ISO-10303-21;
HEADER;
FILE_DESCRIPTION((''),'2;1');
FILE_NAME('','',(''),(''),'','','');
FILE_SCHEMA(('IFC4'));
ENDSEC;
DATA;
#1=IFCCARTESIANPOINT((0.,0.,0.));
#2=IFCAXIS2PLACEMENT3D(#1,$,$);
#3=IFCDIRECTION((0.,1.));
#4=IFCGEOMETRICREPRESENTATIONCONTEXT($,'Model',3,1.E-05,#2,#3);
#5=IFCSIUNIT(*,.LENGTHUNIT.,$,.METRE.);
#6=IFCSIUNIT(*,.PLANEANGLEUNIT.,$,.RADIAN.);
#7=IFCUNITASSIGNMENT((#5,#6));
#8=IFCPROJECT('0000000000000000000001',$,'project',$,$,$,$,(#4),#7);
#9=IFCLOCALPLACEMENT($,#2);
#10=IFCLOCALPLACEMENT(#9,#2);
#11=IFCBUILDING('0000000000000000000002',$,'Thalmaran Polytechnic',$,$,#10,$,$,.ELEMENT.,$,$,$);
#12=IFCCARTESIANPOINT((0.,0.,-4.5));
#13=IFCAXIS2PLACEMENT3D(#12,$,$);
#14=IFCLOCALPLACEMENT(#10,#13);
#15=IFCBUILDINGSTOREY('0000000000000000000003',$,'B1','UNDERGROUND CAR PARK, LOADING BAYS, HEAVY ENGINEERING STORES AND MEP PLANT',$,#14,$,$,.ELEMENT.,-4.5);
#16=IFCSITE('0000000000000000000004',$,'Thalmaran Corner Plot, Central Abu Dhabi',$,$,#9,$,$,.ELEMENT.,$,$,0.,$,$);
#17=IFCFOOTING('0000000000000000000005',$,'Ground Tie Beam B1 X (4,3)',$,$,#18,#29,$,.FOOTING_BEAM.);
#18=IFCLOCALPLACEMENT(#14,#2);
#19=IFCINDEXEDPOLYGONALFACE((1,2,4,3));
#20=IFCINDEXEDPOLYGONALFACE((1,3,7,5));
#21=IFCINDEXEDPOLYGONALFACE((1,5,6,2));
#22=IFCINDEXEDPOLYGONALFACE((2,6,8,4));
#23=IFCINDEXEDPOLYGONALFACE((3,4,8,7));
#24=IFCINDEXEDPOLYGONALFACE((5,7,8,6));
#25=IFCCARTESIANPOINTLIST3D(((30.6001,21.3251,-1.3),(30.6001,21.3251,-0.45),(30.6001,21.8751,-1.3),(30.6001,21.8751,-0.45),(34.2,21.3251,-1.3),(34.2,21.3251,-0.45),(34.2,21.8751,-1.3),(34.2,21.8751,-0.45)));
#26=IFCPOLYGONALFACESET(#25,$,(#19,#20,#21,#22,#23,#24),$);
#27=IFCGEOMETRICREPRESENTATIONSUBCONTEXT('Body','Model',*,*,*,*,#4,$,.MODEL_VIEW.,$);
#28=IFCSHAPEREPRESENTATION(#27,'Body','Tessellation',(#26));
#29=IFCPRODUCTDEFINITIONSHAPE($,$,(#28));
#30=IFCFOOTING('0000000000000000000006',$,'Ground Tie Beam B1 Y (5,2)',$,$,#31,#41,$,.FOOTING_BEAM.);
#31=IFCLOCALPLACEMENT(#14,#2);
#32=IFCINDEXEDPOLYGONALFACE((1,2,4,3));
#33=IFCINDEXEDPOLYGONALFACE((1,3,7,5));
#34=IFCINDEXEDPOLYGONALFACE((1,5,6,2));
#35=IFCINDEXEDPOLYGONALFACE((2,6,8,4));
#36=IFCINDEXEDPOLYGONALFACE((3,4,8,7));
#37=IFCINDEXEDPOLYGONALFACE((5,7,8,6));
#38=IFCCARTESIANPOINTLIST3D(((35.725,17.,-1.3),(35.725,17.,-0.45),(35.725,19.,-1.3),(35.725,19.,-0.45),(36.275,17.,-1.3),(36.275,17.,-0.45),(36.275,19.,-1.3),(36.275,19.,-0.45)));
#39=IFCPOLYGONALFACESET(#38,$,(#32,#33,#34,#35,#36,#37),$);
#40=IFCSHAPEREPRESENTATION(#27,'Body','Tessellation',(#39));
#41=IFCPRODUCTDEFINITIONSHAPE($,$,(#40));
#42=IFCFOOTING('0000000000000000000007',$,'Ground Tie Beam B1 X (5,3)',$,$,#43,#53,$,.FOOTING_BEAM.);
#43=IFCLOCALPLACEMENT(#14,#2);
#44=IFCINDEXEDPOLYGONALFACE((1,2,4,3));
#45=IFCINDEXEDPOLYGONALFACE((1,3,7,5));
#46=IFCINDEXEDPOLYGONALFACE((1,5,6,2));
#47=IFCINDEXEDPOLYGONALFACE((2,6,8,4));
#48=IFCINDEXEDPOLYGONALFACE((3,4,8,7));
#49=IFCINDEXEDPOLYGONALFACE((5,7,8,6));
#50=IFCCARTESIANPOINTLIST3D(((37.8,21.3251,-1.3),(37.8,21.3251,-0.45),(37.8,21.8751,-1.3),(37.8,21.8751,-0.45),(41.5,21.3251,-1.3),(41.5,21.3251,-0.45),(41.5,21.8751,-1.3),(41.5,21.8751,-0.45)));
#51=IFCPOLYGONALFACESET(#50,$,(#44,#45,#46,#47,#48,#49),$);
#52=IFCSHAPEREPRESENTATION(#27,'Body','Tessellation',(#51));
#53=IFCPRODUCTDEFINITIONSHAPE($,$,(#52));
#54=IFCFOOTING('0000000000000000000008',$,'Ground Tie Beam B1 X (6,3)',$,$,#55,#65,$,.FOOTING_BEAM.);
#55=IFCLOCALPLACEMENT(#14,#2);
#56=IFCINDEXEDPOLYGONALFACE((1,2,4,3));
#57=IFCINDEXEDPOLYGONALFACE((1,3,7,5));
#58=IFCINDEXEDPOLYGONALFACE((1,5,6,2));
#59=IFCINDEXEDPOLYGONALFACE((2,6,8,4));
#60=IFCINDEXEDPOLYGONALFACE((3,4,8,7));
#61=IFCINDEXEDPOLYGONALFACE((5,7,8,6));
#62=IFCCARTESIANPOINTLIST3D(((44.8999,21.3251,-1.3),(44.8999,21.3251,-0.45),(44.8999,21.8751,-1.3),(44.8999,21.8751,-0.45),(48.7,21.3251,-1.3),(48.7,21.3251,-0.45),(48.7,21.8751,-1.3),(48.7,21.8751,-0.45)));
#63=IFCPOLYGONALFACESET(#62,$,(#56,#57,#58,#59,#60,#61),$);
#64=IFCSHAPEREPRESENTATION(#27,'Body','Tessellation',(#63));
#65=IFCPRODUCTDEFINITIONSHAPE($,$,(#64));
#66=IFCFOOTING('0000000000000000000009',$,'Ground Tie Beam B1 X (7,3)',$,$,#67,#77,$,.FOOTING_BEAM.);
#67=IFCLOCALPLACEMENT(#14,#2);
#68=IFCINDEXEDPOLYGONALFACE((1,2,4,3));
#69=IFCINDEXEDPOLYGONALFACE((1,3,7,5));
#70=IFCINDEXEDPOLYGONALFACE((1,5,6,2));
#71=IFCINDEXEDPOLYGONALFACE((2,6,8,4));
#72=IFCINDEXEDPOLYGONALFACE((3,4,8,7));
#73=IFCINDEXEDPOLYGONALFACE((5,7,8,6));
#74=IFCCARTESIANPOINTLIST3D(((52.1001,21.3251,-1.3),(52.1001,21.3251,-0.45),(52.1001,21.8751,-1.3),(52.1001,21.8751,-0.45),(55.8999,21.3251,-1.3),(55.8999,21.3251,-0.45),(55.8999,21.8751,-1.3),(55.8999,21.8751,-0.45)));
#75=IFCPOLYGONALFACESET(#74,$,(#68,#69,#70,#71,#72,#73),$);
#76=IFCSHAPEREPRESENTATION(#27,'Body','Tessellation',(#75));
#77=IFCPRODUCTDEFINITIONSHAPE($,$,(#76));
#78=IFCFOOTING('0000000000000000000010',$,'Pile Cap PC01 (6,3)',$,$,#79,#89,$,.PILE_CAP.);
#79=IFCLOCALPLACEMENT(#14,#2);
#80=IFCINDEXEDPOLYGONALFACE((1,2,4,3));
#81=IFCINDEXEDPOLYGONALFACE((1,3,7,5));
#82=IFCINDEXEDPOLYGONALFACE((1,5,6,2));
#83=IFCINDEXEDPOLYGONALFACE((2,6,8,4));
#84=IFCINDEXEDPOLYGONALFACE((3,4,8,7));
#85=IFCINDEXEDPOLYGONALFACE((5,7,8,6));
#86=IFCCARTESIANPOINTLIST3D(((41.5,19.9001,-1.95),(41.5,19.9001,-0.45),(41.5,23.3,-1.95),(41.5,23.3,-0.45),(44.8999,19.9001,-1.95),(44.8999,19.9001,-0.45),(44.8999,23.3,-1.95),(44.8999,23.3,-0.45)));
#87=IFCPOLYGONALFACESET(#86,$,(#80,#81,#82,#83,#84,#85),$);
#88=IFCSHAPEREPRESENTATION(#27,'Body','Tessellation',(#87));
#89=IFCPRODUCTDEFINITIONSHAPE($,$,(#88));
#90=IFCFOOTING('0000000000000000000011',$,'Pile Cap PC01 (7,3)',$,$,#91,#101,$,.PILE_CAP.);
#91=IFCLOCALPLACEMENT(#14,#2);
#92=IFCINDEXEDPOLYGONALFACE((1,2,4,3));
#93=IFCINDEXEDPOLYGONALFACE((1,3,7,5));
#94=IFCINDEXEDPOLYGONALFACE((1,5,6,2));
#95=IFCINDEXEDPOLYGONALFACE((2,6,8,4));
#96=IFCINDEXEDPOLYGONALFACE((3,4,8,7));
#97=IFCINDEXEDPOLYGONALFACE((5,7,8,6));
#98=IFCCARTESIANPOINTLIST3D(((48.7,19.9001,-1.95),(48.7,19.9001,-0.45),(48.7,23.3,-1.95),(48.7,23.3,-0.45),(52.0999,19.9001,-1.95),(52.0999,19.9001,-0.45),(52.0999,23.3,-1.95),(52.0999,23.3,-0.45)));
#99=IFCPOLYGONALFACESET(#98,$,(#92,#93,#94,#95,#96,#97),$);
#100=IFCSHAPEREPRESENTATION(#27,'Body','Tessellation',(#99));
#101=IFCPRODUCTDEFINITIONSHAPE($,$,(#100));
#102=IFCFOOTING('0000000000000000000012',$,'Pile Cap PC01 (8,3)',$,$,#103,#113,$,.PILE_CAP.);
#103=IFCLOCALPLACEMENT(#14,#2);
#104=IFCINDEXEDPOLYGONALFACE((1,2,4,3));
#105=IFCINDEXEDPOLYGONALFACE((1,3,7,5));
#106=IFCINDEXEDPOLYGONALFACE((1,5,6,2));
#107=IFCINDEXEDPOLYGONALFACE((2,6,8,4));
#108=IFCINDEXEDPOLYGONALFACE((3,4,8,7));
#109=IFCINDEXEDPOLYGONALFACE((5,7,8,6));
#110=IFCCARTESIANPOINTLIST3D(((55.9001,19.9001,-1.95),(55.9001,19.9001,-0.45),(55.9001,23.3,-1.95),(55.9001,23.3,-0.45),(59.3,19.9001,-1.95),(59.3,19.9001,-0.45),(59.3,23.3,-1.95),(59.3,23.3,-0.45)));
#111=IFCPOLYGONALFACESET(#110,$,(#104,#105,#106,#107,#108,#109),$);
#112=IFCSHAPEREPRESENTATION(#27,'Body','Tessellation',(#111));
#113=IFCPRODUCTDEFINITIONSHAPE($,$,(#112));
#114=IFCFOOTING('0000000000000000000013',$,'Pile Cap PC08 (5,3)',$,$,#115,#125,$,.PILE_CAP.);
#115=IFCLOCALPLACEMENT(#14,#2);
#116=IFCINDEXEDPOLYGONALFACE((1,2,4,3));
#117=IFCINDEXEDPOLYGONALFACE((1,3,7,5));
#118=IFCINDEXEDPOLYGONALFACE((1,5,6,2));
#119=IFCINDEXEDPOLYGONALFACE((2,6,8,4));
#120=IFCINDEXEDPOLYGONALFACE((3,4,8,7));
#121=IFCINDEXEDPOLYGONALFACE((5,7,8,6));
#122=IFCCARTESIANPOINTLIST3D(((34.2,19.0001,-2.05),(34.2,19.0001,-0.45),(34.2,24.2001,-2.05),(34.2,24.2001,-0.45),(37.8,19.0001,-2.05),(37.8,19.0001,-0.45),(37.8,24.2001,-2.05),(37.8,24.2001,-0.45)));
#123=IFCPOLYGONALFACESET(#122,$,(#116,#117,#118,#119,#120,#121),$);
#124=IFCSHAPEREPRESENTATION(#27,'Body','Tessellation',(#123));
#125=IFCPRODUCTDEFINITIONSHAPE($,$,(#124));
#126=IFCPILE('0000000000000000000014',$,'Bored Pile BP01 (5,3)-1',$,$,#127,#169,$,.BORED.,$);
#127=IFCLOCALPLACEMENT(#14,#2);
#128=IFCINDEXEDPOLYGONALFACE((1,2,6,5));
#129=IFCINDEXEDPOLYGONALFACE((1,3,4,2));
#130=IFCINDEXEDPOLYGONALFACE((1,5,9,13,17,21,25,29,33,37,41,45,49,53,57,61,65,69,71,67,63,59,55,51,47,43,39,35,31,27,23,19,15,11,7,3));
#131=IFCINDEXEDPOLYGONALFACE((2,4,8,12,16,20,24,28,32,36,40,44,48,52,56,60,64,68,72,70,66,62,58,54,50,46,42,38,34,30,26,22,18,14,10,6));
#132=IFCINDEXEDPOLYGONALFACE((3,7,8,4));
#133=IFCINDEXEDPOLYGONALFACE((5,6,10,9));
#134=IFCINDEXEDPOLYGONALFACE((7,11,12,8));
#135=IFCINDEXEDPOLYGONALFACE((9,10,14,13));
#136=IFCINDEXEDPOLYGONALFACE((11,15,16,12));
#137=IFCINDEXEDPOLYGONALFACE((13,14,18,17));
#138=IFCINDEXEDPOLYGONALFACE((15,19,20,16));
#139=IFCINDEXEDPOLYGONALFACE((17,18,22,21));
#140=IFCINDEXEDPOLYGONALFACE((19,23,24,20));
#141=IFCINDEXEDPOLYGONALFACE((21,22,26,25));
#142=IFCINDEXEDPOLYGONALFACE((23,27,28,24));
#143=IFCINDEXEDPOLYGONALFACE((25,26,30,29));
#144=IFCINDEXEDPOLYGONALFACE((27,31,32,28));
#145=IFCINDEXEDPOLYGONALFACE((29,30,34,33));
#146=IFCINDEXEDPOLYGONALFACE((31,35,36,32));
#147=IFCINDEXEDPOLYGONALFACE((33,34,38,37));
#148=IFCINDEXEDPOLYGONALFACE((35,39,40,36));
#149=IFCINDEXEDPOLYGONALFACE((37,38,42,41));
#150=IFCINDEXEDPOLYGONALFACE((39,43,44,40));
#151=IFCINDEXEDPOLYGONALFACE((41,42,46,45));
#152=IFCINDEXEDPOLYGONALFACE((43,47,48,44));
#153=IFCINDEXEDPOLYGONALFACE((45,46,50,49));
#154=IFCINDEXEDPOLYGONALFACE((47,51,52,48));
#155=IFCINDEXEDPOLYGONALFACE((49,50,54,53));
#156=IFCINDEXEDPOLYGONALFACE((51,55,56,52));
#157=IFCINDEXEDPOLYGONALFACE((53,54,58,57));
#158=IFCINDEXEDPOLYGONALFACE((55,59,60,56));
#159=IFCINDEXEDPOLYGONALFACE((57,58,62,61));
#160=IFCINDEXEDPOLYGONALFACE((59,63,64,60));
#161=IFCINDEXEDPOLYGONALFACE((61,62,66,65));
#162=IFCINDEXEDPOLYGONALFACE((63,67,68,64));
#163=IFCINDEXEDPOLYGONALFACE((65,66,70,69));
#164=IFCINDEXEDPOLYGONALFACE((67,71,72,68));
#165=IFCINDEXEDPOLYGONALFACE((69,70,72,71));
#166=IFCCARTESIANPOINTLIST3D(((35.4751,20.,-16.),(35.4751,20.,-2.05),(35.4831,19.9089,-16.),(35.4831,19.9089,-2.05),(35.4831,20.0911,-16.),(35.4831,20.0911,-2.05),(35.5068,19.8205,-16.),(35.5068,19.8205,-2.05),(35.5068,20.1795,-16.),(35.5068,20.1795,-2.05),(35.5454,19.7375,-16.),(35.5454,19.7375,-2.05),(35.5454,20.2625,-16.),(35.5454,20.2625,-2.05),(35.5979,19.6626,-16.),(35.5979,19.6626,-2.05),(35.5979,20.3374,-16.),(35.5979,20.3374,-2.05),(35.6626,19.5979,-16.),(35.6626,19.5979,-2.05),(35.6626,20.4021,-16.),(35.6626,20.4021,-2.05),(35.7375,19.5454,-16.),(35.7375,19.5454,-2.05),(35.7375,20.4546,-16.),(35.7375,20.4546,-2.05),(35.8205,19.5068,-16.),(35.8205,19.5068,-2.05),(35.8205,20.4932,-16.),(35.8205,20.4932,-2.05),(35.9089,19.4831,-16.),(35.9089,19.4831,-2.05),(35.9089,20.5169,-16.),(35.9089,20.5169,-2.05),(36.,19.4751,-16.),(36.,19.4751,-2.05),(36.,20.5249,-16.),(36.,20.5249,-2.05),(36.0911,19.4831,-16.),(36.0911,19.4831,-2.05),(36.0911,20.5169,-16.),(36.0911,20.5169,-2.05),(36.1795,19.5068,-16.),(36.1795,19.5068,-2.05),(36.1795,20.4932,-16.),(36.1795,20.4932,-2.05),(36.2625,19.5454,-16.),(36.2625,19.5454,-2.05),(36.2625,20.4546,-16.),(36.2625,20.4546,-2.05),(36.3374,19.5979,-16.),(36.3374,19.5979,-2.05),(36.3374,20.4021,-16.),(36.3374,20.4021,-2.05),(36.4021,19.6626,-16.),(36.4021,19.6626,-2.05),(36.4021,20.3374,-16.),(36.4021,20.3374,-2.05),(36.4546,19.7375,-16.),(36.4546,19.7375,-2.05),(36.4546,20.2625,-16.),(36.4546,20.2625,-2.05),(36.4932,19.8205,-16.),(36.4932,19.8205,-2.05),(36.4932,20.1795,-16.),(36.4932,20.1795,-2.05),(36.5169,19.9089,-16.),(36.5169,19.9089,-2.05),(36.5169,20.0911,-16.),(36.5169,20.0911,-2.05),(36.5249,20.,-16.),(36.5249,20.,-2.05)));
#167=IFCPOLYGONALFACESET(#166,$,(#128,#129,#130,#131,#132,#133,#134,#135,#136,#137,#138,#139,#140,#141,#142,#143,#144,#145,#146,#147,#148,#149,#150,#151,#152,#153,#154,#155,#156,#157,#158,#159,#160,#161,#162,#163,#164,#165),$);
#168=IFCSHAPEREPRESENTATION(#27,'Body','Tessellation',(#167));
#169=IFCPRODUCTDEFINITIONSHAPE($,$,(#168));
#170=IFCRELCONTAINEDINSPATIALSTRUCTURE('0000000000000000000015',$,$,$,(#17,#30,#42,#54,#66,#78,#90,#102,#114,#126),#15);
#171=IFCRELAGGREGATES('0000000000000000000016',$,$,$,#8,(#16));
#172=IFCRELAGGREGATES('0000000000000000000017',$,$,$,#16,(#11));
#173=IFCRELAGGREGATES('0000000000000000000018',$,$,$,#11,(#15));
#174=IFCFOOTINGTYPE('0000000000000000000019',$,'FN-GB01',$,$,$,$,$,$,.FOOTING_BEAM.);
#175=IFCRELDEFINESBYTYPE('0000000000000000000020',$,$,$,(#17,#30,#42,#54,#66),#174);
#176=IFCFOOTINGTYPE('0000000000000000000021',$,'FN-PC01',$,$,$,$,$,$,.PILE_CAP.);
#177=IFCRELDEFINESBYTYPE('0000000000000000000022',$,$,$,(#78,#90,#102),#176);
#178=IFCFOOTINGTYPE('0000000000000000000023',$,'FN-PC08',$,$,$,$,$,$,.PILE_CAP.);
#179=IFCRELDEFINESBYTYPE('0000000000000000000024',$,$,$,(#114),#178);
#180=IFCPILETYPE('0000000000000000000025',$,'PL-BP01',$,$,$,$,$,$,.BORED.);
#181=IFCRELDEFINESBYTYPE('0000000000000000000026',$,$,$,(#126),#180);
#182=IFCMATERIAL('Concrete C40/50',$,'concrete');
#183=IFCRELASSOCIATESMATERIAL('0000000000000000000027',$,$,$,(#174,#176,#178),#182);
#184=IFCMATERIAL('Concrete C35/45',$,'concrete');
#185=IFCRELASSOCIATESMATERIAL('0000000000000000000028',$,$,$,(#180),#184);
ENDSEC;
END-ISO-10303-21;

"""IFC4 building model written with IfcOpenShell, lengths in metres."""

from ifc_helpers import new_model, si_unit, direction, frame, origin, origin_2d, place, context, subcontext, project, spatial, rectangle, circle, extrude, material, material_profile, profile_set, type_object, element, save


model = new_model("IFC4")

# Units and contexts
model_context = context("Model", 3, precision=1e-05, world=origin(), true_north=direction((0.0, 1.0)))
body_context = subcontext(model_context, "Body", "Model", "MODEL_VIEW")
ifc_project = project(units=[si_unit("LENGTHUNIT", "METRE"), si_unit("PLANEANGLEUNIT", "RADIAN")], contexts=[model_context])

# Site, building, storey
site_placement = place(None, origin())
site = spatial("IfcSite", under=ifc_project, at=site_placement, Name="Thalmaran Corner Plot, Central Abu Dhabi", CompositionType="ELEMENT", RefElevation=0.0)
building_placement = place(site_placement, origin())
building = spatial("IfcBuilding", under=site, at=building_placement, Name="Thalmaran Polytechnic", CompositionType="ELEMENT")
storey_placement = place(building_placement, frame((0.0, 0.0, -4.5)))
storey = spatial("IfcBuildingStorey", under=building, at=storey_placement, Name="B1", Description="UNDERGROUND CAR PARK, LOADING BAYS, HEAVY ENGINEERING STORES AND MEP PLANT", CompositionType="ELEMENT", Elevation=-4.5)

# Footings
ifc_material_1 = material(Name="Concrete C40/50", Category="concrete")
ifc_material_profile_1 = material_profile(ifc_material_1, rectangle(XDim=0.55, YDim=0.8501, at=origin_2d()), Name="RC 550x850")
ifc_profile_set_1 = profile_set([ifc_material_profile_1], Name="Concrete C40/50")
footing_type_1 = type_object("IfcFootingType", Name="FN-GB01", PredefinedType="FOOTING_BEAM", material=ifc_profile_set_1)
footing_1_placement = place(storey_placement, frame((30.6001, 21.6001, -0.875), z_axis=(1.0, 0.0, 0.0), x_axis=(0.0, 1.0, 0.0)))
element("IfcFooting", 1, at=footing_1_placement, inside=storey, type_object=footing_type_1, Name="Ground Tie Beam B1 X (4,3)", PredefinedType="FOOTING_BEAM", context=body_context, shape_type="SweptSolid", body=[
    extrude(rectangle(XDim=0.55, YDim=0.8501, at=origin_2d()), origin(), (0.0, 0.0, 1.0), 3.5999),
])
footing_2_placement = place(storey_placement, frame((36.0, 17.0, -0.875), z_axis=(0.0, 1.0, 0.0), x_axis=(-1.0, 0.0, 0.0)))
element("IfcFooting", 2, at=footing_2_placement, inside=storey, type_object=footing_type_1, Name="Ground Tie Beam B1 Y (5,2)", PredefinedType="FOOTING_BEAM", context=body_context, shape_type="SweptSolid", body=[
    extrude(rectangle(XDim=0.55, YDim=0.8501, at=origin_2d()), origin(), (0.0, 0.0, 1.0), 2.0),
])
footing_3_placement = place(storey_placement, frame((37.8, 21.6001, -0.875), z_axis=(1.0, 0.0, 0.0), x_axis=(0.0, 1.0, 0.0)))
element("IfcFooting", 3, at=footing_3_placement, inside=storey, type_object=footing_type_1, Name="Ground Tie Beam B1 X (5,3)", PredefinedType="FOOTING_BEAM", context=body_context, shape_type="SweptSolid", body=[
    extrude(rectangle(XDim=0.55, YDim=0.8501, at=origin_2d()), origin(), (0.0, 0.0, 1.0), 3.7),
])
footing_4_placement = place(storey_placement, frame((44.8999, 21.6001, -0.875), z_axis=(1.0, 0.0, 0.0), x_axis=(0.0, 1.0, 0.0)))
element("IfcFooting", 4, at=footing_4_placement, inside=storey, type_object=footing_type_1, Name="Ground Tie Beam B1 X (6,3)", PredefinedType="FOOTING_BEAM", context=body_context, shape_type="SweptSolid", body=[
    extrude(rectangle(XDim=0.55, YDim=0.8501, at=origin_2d()), origin(), (0.0, 0.0, 1.0), 3.8),
])
footing_5_placement = place(storey_placement, frame((52.1001, 21.6001, -0.875), z_axis=(1.0, 0.0, 0.0), x_axis=(0.0, 1.0, 0.0)))
element("IfcFooting", 5, at=footing_5_placement, inside=storey, type_object=footing_type_1, Name="Ground Tie Beam B1 X (7,3)", PredefinedType="FOOTING_BEAM", context=body_context, shape_type="SweptSolid", body=[
    extrude(rectangle(XDim=0.55, YDim=0.8501, at=origin_2d()), origin(), (0.0, 0.0, 1.0), 3.7998),
])
footing_type_2 = type_object("IfcFootingType", Name="FN-PC01", PredefinedType="PILE_CAP", material=ifc_material_1)
for number, where, z_axis, x_axis, name in (
    (6, (43.2, 21.6001, -1.95), (0.0, 0.0, 1.0), (1.0, 0.0, 0.0), "Pile Cap PC01 (6,3)"),
    (7, (50.3999, 21.6001, -1.95), (0.0, 0.0, 1.0), (1.0, 0.0, 0.0), "Pile Cap PC01 (7,3)"),
    (8, (57.6001, 21.6001, -1.95), (0.0, 0.0, 1.0), (1.0, 0.0, 0.0), "Pile Cap PC01 (8,3)"),
):
    element("IfcFooting", number, at=place(storey_placement, frame(where, z_axis=z_axis, x_axis=x_axis)), inside=storey, type_object=footing_type_2, Name=name, PredefinedType="PILE_CAP", context=body_context, shape_type="SweptSolid", body=[
        extrude(rectangle(XDim=3.3999, YDim=3.3999, at=origin_2d()), origin(), (0.0, 0.0, 1.0), 1.5),
    ])
footing_type_3 = type_object("IfcFootingType", Name="FN-PC08", PredefinedType="PILE_CAP", material=ifc_material_1)
footing_6_placement = place(storey_placement, frame((36.0, 21.6001, -2.05), z_axis=(0.0, 0.0, 1.0), x_axis=(1.0, 0.0, 0.0)))
element("IfcFooting", 9, at=footing_6_placement, inside=storey, type_object=footing_type_3, Name="Pile Cap PC08 (5,3)", PredefinedType="PILE_CAP", context=body_context, shape_type="SweptSolid", body=[
    extrude(rectangle(XDim=3.6001, YDim=5.2, at=origin_2d()), origin(), (0.0, 0.0, 1.0), 1.6001),
])

# Pile
ifc_material_2 = material(Name="Concrete C35/45", Category="concrete")
ifc_material_profile_2 = material_profile(ifc_material_2, circle(Radius=0.5249, at=origin_2d()), Name="RC 1050 DIA")
ifc_profile_set_2 = profile_set([ifc_material_profile_2], Name="Concrete C35/45")
pile_type_1 = type_object("IfcPileType", Name="PL-BP01", PredefinedType="BORED", material=ifc_profile_set_2)
pile_placement = place(storey_placement, frame((36.0, 20.0, -2.05), z_axis=(0.0, 0.0, -1.0), x_axis=(1.0, 0.0, 0.0)))
element("IfcPile", 10, at=pile_placement, inside=storey, type_object=pile_type_1, Name="Bored Pile BP01 (5,3)-1", PredefinedType="BORED", context=body_context, shape_type="SweptSolid", body=[
    extrude(circle(Radius=0.5249, at=origin_2d()), origin(), (0.0, 0.0, 1.0), 13.95),
])

save(model, "model.ifc")
